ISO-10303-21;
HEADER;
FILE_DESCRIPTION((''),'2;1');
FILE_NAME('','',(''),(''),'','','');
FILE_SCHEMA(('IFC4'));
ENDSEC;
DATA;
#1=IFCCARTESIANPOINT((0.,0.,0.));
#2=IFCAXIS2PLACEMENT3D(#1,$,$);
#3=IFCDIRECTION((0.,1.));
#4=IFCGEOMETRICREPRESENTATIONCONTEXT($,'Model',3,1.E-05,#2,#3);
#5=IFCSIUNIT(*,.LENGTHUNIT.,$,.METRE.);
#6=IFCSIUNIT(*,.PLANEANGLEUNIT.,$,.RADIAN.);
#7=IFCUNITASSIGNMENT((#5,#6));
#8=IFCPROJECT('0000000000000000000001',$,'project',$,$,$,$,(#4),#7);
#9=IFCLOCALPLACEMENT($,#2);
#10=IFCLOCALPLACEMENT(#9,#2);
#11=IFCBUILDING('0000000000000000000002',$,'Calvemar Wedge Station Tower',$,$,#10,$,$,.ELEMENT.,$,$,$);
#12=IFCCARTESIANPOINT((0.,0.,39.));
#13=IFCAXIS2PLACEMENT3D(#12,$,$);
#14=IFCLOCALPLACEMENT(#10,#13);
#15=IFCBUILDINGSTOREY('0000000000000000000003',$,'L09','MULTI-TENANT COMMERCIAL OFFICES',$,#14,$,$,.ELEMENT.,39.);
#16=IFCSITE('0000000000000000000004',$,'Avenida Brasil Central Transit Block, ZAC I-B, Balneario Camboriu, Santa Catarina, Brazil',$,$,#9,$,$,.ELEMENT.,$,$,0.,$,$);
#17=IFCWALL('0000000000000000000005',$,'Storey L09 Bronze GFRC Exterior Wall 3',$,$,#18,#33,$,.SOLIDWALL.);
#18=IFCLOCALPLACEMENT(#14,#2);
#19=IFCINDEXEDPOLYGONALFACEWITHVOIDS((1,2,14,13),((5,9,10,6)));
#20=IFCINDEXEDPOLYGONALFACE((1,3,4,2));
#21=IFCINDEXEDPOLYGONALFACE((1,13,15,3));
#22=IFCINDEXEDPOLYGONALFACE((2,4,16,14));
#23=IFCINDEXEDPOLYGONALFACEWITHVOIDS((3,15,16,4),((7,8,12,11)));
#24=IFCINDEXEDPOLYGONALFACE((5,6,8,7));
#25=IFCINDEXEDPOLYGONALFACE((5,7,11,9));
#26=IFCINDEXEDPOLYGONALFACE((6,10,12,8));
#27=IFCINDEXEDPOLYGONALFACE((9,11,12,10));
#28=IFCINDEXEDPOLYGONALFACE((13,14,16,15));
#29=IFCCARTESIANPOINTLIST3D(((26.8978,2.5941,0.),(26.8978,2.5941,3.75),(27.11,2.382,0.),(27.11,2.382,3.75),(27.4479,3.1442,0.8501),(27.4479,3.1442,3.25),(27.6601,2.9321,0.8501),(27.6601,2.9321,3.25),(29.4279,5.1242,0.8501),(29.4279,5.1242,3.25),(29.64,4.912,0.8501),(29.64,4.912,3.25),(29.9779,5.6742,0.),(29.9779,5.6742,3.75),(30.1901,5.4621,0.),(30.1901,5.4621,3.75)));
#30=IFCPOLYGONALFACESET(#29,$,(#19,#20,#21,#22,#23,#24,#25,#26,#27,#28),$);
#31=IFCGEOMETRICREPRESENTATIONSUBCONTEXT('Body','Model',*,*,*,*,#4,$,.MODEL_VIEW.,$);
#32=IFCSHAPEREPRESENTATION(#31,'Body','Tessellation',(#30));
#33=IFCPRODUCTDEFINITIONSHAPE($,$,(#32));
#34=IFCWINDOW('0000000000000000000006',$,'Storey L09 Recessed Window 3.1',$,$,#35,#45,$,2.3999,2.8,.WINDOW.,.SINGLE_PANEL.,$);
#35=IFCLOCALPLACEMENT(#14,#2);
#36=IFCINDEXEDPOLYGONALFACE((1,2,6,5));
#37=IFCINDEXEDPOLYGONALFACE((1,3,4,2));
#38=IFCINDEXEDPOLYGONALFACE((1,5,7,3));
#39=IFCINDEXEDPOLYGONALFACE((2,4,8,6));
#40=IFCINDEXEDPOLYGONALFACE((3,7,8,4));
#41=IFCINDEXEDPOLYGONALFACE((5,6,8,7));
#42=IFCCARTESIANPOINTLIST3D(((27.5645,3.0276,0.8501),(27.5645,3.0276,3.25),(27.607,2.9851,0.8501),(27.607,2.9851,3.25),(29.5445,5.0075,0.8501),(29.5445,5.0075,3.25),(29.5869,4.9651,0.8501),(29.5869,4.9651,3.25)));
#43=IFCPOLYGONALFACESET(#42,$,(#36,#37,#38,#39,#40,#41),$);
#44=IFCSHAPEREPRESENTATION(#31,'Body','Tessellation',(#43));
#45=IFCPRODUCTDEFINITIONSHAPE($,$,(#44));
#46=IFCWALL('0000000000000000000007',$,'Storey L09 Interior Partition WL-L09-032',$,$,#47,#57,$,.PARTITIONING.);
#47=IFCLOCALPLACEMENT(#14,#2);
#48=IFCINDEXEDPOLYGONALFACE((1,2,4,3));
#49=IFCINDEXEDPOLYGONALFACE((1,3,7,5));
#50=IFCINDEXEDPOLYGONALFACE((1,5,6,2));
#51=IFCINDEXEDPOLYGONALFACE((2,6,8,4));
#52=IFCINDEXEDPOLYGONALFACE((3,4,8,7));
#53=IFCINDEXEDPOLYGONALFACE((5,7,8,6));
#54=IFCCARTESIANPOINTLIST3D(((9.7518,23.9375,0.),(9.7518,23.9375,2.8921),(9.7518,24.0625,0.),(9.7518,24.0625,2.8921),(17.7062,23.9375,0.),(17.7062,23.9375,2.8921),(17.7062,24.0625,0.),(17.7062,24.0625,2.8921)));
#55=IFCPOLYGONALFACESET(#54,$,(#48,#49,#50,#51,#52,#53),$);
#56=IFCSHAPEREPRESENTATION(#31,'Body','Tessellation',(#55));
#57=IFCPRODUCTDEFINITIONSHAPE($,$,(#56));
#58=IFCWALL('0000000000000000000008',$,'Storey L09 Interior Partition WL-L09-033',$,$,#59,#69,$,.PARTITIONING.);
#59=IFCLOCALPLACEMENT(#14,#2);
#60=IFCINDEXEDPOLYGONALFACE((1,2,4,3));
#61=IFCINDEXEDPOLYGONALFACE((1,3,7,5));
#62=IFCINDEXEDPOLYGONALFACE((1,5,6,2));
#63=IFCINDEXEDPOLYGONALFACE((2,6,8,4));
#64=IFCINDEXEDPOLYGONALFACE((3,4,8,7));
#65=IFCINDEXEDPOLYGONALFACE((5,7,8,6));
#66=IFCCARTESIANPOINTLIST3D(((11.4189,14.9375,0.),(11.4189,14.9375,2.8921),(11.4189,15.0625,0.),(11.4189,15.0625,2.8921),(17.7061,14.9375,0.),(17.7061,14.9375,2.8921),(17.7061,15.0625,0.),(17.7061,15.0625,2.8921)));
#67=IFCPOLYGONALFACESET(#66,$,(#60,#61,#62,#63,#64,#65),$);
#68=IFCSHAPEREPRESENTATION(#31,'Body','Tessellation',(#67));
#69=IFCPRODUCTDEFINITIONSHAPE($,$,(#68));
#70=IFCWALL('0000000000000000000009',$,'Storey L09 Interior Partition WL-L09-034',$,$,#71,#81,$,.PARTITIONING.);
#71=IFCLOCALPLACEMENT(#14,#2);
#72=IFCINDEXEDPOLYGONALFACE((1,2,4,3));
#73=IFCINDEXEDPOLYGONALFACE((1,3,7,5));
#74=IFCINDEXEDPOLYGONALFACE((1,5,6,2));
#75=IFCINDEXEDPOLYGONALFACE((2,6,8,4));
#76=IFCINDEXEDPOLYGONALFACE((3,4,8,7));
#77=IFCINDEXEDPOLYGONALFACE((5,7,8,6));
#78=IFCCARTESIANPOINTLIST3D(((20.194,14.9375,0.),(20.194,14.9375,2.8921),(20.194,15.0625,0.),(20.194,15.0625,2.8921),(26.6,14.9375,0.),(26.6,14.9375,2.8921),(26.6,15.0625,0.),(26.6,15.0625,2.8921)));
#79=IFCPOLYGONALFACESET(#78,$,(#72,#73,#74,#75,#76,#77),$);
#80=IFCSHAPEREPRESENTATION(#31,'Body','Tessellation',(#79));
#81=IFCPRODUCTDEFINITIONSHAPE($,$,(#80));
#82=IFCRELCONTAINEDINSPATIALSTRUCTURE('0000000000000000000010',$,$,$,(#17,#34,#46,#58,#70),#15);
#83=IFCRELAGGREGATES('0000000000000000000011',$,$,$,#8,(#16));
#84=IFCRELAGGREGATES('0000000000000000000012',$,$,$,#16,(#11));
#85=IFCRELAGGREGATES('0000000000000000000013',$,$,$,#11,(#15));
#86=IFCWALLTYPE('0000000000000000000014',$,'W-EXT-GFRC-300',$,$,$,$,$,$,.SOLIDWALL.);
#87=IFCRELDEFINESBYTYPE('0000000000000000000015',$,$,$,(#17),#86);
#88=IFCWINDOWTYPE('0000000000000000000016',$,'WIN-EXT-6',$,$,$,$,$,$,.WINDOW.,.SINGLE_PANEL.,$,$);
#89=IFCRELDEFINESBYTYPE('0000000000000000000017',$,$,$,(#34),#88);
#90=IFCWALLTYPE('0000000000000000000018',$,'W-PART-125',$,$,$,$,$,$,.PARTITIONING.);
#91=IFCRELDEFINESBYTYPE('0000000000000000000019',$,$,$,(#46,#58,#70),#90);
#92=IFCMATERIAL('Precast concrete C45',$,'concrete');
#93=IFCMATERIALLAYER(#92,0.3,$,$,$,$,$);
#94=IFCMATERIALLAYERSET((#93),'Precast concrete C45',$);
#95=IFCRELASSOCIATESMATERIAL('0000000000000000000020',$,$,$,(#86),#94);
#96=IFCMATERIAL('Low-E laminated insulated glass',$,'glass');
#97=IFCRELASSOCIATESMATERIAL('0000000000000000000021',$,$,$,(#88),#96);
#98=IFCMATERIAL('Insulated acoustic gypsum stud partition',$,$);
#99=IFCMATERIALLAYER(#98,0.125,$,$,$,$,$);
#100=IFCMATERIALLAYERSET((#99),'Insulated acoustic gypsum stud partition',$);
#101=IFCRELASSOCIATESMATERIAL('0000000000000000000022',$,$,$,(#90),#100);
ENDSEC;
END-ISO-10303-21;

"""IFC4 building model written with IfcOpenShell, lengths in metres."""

from ifc_helpers import new_model, si_unit, direction, frame, frame_2d, origin, place, context, subcontext, project, spatial, rectangle, extrude, source, transform, mapped, material, layer, layer_set, type_object, element, fill, save


model = new_model("IFC4")

# Units and contexts
model_context = context("Model", 3, precision=1e-05, world=origin(), true_north=direction((0.0, 1.0)))
body_context = subcontext(model_context, "Body", "Model", "MODEL_VIEW")
ifc_project = project(units=[si_unit("LENGTHUNIT", "METRE"), si_unit("PLANEANGLEUNIT", "RADIAN")], contexts=[model_context])

# Site, building, storey
site_placement = place(None, origin())
site = spatial("IfcSite", under=ifc_project, at=site_placement, Name="Avenida Brasil Central Transit Block, ZAC I-B, Balneario Camboriu, Santa Catarina, Brazil", CompositionType="ELEMENT", RefElevation=0.0)
building_placement = place(site_placement, origin())
building = spatial("IfcBuilding", under=site, at=building_placement, Name="Calvemar Wedge Station Tower", CompositionType="ELEMENT")
storey_placement = place(building_placement, frame((0.0, 0.0, 39.0)))
storey = spatial("IfcBuildingStorey", under=building, at=storey_placement, Name="L09", Description="MULTI-TENANT COMMERCIAL OFFICES", CompositionType="ELEMENT", Elevation=39.0)

# Shared definitions
ifc_material_1 = material(Name="Precast concrete C45", Category="concrete")
ifc_layer_1 = layer(ifc_material_1, 0.3)
ifc_layer_set_1 = layer_set([ifc_layer_1], Name="Precast concrete C45")
wall_type_1 = type_object("IfcWallType", Name="W-EXT-GFRC-300", PredefinedType="SOLIDWALL", material=ifc_layer_set_1)
shared_shape_1 = source(origin(), body_context, "Body", "SweptSolid", [
    extrude(rectangle(XDim=2.8, YDim=2.3999, at=frame_2d((1.3999, 1.2))), frame((0.0, 0.1602, 0.0), z_axis=(0.0, -1.0, 0.0), x_axis=(1.0, 0.0, 0.0)), (0.0, 0.0, 1.0), 0.3201),
])
ifc_material_2 = material(Name="Low-E laminated insulated glass", Category="glass")
window_type_1 = type_object("IfcWindowType", Name="WIN-EXT-6", PartitioningType="SINGLE_PANEL", PredefinedType="WINDOW", material=ifc_material_2)
shared_shape_2 = source(origin(), body_context, "Body", "SweptSolid", [
    extrude(rectangle(XDim=2.8, YDim=2.3999, at=frame_2d((1.3999, 1.2))), frame((0.0, -0.0149, 0.0), z_axis=(0.0, -1.0, 0.0), x_axis=(1.0, 0.0, 0.0)), (0.0, 0.0, 1.0), 0.0601),
])

# Wall, opening, window
wall_1_placement = place(storey_placement, frame((27.0039, 2.488, 0.0), z_axis=(0.0, 0.0, 1.0), x_axis=(0.707107, 0.707107, 0.0)))
wall_1 = element("IfcWall", 1, at=wall_1_placement, inside=storey, type_object=wall_type_1, Name="Storey L09 Bronze GFRC Exterior Wall 3", PredefinedType="SOLIDWALL", context=body_context, shape_type="SweptSolid", body=[
    extrude(rectangle(XDim=4.356, YDim=0.3, at=frame_2d((2.178, 0.0))), origin(), (0.0, 0.0, 1.0), 3.75),
])
opening_1_placement = place(wall_1_placement, frame((0.7781, 0.0, 0.8501)))
opening_1 = element("IfcOpeningElement", 2, at=opening_1_placement, cuts=wall_1, PredefinedType="OPENING", context=body_context, shape_type="MappedRepresentation", body=[
    mapped(shared_shape_1, transform((0.0, 0.0, 0.0), scale=1.0)),
])
window_1_placement = place(opening_1_placement, origin())
window_1 = element("IfcWindow", 3, at=window_1_placement, inside=storey, type_object=window_type_1, Name="Storey L09 Recessed Window 3.1", OverallHeight=2.3999, OverallWidth=2.8, PartitioningType="SINGLE_PANEL", PredefinedType="WINDOW", context=body_context, shape_type="MappedRepresentation", body=[
    mapped(shared_shape_2, transform((0.0, 0.0, 0.0), scale=1.0)),
])
fill(opening_1, window_1)

# Walls
ifc_material_3 = material(Name="Insulated acoustic gypsum stud partition")
ifc_layer_2 = layer(ifc_material_3, 0.125)
ifc_layer_set_2 = layer_set([ifc_layer_2], Name="Insulated acoustic gypsum stud partition")
wall_type_2 = type_object("IfcWallType", Name="W-PART-125", PredefinedType="PARTITIONING", material=ifc_layer_set_2)
wall_2_placement = place(storey_placement, frame((17.7061, 24.0, 0.0), z_axis=(0.0, 0.0, 1.0), x_axis=(-1.0, 0.0, 0.0)))
element("IfcWall", 4, at=wall_2_placement, inside=storey, type_object=wall_type_2, Name="Storey L09 Interior Partition WL-L09-032", PredefinedType="PARTITIONING", context=body_context, shape_type="SweptSolid", body=[
    extrude(rectangle(XDim=7.9543, YDim=0.125, at=frame_2d((3.9771, 0.0))), origin(), (0.0, 0.0, 1.0), 2.8921),
])
wall_3_placement = place(storey_placement, frame((17.7061, 15.0, 0.0), z_axis=(0.0, 0.0, 1.0), x_axis=(-1.0, 0.0, 0.0)))
element("IfcWall", 5, at=wall_3_placement, inside=storey, type_object=wall_type_2, Name="Storey L09 Interior Partition WL-L09-033", PredefinedType="PARTITIONING", context=body_context, shape_type="SweptSolid", body=[
    extrude(rectangle(XDim=6.2871, YDim=0.125, at=frame_2d((3.1436, 0.0))), origin(), (0.0, 0.0, 1.0), 2.8921),
])
wall_4_placement = place(storey_placement, frame((26.6001, 15.0, 0.0), z_axis=(0.0, 0.0, 1.0), x_axis=(-1.0, 0.0, 0.0)))
element("IfcWall", 6, at=wall_4_placement, inside=storey, type_object=wall_type_2, Name="Storey L09 Interior Partition WL-L09-034", PredefinedType="PARTITIONING", context=body_context, shape_type="SweptSolid", body=[
    extrude(rectangle(XDim=6.406, YDim=0.125, at=frame_2d((3.2031, 0.0))), origin(), (0.0, 0.0, 1.0), 2.8921),
])

save(model, "model.ifc")
